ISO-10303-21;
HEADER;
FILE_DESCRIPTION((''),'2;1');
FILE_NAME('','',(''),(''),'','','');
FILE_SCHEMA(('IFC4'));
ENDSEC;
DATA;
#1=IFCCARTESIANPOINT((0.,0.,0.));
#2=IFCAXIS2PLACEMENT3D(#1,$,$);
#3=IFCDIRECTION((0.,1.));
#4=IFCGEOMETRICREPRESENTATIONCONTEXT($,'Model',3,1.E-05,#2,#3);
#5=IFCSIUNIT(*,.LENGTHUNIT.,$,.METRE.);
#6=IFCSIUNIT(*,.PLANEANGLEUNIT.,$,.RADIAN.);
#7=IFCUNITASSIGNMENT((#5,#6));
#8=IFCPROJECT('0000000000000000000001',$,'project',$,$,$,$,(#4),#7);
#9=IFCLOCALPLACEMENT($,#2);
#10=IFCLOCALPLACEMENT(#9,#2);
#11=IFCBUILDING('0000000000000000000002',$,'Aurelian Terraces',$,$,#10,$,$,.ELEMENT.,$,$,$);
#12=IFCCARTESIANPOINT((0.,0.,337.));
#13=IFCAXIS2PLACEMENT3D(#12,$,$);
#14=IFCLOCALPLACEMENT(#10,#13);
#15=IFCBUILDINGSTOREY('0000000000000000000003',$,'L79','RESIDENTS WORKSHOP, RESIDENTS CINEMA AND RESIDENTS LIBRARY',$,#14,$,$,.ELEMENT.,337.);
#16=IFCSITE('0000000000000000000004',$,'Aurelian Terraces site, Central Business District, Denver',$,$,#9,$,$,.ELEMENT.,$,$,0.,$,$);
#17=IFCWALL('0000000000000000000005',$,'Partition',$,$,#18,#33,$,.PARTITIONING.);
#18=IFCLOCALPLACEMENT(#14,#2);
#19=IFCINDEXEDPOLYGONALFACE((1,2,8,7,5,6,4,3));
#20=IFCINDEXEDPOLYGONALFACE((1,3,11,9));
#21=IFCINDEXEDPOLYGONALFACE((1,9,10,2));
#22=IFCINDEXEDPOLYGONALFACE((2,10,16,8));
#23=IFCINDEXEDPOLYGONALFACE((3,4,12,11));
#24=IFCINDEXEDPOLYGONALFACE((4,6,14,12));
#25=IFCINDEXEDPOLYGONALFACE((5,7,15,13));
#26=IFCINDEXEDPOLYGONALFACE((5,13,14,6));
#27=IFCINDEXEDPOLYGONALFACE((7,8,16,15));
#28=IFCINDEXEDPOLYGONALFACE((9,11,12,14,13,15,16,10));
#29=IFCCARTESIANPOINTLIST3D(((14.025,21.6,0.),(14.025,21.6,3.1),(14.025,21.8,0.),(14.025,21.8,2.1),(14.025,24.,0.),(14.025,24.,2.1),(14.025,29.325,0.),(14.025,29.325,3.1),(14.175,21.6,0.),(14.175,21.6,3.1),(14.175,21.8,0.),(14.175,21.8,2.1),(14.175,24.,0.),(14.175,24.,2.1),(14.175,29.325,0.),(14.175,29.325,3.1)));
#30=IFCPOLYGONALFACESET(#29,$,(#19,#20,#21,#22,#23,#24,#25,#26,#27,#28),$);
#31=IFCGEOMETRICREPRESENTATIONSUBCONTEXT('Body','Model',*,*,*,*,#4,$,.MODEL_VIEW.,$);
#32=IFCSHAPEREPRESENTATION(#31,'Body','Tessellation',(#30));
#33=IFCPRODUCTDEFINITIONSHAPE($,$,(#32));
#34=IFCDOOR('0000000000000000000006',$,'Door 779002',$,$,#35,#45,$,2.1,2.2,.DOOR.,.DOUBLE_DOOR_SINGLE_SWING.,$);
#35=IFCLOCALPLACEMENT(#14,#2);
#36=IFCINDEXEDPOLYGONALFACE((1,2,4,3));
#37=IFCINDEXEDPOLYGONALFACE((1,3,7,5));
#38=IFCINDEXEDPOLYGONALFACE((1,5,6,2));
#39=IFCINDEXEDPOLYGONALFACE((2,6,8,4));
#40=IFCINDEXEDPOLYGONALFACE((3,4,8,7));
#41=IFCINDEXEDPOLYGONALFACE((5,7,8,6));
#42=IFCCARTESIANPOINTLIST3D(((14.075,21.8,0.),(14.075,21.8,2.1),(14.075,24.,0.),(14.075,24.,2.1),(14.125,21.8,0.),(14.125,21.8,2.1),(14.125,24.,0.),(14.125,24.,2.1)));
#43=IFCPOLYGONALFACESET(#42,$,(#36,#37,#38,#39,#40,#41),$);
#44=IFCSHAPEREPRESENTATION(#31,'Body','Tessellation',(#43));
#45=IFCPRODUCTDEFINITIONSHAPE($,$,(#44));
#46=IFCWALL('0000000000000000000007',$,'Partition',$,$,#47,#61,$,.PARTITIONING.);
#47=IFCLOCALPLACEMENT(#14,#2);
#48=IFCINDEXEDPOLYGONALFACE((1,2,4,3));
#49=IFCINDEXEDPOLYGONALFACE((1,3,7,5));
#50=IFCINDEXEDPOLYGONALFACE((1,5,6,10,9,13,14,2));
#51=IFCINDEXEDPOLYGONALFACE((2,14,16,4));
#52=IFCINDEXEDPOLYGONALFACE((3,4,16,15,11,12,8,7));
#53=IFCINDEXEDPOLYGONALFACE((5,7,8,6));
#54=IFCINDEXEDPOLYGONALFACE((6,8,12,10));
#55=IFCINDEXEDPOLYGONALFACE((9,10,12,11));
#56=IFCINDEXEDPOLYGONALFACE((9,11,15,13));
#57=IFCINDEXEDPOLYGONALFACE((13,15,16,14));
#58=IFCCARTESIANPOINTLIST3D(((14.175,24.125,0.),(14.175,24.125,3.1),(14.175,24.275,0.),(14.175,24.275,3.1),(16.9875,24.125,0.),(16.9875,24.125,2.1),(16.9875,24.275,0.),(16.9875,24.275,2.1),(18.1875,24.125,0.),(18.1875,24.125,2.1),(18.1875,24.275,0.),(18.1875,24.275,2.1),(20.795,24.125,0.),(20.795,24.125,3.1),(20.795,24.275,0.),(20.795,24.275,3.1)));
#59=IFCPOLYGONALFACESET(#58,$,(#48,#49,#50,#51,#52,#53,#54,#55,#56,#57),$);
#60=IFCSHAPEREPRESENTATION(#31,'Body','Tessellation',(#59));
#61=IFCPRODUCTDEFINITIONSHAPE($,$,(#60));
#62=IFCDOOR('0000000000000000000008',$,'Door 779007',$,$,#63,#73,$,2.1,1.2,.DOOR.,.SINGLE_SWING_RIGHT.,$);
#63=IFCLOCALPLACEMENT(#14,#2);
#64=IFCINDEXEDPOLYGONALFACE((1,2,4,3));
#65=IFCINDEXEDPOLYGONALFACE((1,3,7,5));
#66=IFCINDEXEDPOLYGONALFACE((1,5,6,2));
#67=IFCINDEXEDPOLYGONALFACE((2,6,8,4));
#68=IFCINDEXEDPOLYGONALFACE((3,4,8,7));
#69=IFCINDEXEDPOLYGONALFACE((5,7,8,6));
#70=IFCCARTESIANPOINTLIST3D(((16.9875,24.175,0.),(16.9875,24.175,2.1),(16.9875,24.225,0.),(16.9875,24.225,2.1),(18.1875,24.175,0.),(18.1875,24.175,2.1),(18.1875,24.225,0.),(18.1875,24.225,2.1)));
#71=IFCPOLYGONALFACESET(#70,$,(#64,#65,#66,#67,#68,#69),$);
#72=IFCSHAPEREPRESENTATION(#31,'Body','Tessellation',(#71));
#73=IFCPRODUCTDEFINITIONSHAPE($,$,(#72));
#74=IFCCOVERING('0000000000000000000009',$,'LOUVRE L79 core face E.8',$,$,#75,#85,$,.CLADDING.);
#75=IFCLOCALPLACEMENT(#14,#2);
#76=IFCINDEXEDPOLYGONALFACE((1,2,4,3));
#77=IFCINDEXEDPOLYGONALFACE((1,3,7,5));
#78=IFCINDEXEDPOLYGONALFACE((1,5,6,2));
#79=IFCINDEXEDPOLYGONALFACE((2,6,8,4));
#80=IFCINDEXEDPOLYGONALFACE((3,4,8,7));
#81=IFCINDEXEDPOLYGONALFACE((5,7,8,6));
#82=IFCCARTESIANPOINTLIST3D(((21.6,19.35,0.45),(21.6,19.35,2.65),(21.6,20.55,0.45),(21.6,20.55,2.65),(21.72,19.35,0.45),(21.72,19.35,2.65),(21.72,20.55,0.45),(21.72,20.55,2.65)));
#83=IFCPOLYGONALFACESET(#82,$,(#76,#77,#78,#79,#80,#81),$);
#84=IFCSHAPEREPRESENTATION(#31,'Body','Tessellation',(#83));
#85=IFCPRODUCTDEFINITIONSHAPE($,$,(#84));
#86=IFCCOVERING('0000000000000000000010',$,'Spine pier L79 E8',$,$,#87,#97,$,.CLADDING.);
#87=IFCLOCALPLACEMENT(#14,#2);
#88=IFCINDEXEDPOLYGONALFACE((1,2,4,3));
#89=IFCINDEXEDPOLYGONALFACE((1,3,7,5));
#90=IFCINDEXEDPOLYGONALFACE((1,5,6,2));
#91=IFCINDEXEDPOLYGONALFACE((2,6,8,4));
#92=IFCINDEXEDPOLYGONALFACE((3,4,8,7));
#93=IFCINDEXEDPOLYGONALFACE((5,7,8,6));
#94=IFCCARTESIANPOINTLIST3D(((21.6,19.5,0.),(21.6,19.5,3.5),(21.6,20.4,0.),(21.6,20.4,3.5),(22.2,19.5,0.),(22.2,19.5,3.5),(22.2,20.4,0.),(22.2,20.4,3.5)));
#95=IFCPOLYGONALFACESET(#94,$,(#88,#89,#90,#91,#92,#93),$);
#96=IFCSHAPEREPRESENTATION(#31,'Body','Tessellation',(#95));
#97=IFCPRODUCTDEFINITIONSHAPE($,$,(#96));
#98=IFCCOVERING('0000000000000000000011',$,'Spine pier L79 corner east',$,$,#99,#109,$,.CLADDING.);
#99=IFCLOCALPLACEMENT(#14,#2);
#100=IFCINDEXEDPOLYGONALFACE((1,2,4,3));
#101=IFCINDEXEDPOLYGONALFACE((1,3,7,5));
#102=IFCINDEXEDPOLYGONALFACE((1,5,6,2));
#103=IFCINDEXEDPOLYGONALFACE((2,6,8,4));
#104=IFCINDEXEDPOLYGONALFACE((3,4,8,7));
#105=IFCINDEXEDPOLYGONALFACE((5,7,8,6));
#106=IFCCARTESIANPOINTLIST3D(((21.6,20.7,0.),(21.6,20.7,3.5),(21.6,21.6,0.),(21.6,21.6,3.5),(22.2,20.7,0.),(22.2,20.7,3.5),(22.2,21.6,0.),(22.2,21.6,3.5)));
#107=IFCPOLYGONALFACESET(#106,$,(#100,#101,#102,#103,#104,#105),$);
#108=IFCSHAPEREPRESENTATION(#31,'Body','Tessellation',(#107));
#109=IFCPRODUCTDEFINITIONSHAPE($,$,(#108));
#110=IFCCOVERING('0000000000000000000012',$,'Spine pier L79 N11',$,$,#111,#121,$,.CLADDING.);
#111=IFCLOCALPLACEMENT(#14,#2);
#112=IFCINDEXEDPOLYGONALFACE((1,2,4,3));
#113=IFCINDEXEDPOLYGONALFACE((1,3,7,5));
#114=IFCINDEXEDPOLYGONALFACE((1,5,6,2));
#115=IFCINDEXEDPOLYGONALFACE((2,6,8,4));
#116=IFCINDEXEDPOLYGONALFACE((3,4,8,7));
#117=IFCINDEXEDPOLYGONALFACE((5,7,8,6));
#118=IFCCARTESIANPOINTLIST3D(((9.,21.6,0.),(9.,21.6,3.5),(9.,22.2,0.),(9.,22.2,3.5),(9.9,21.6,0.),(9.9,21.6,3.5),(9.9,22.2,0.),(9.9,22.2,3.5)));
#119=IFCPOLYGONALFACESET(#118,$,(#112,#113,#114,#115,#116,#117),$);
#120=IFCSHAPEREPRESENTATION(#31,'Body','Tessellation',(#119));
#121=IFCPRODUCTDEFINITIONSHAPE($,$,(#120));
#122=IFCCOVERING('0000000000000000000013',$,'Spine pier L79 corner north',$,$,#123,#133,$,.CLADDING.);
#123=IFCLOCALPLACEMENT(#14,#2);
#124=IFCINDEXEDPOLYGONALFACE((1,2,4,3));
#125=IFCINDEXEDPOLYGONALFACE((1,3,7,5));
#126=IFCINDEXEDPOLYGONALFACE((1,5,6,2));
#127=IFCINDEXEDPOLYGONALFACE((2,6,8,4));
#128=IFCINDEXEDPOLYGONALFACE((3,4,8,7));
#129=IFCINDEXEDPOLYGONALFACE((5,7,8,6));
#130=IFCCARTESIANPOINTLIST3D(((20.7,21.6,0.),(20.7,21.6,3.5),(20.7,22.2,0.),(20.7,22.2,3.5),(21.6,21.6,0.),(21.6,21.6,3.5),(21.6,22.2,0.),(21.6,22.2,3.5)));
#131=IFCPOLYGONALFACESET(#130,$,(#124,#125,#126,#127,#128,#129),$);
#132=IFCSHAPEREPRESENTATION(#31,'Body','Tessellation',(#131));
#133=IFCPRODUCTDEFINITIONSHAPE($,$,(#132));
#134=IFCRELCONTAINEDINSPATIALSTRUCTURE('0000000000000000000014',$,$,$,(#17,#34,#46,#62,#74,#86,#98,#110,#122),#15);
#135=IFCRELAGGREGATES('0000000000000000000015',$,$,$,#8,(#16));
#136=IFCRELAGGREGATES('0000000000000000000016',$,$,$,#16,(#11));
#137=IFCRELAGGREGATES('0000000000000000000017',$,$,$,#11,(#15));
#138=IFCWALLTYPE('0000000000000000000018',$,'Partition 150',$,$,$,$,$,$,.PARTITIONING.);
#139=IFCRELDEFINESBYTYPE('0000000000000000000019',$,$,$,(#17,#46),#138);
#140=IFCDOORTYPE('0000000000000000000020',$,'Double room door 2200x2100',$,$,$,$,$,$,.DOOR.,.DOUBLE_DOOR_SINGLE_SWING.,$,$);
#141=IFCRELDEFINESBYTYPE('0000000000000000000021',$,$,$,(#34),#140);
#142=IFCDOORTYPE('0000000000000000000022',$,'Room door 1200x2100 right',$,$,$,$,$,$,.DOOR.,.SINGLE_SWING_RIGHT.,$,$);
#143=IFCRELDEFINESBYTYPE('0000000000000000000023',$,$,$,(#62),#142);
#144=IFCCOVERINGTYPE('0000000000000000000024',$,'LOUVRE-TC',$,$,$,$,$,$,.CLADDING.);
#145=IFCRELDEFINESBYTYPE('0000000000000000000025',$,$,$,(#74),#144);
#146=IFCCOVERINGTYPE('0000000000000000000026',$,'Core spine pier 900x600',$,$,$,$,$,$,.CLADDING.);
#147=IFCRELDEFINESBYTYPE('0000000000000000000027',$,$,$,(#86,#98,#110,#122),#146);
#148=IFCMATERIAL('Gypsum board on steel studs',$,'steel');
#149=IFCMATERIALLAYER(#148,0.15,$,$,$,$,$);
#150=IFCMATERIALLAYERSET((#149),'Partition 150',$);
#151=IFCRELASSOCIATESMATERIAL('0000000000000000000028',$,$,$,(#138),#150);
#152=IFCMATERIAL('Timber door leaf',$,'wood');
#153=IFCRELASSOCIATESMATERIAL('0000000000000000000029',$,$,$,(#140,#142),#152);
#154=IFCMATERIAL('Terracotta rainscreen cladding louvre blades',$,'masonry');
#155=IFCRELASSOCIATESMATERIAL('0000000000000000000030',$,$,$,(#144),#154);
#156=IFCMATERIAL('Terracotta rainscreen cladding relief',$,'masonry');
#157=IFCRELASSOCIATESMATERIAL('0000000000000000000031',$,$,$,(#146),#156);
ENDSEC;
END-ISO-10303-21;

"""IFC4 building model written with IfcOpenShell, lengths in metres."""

from ifc_helpers import new_model, si_unit, direction, frame, frame_2d, origin, origin_2d, place, context, subcontext, project, spatial, rectangle, extrude, source, transform, mapped, material, layer, layer_set, type_object, element, fill, save


model = new_model("IFC4")

# Units and contexts
model_context = context("Model", 3, precision=1e-05, world=origin(), true_north=direction((0.0, 1.0)))
body_context = subcontext(model_context, "Body", "Model", "MODEL_VIEW")
ifc_project = project(units=[si_unit("LENGTHUNIT", "METRE"), si_unit("PLANEANGLEUNIT", "RADIAN")], contexts=[model_context])

# Site, building, storey
site_placement = place(None, origin())
site = spatial("IfcSite", under=ifc_project, at=site_placement, Name="Aurelian Terraces site, Central Business District, Denver", CompositionType="ELEMENT", RefElevation=0.0)
building_placement = place(site_placement, origin())
building = spatial("IfcBuilding", under=site, at=building_placement, Name="Aurelian Terraces", CompositionType="ELEMENT")
storey_placement = place(building_placement, frame((0.0, 0.0, 337.0)))
storey = spatial("IfcBuildingStorey", under=building, at=storey_placement, Name="L79", Description="RESIDENTS WORKSHOP, RESIDENTS CINEMA AND RESIDENTS LIBRARY", CompositionType="ELEMENT", Elevation=337.0)

# Shared definitions
shared_shape_1 = source(origin(), body_context, "Body", "SweptSolid", [
    extrude(rectangle(XDim=1.2, YDim=2.1, at=frame_2d((0.6, 1.05))), frame((0.0, 0.025, 0.0), z_axis=(0.0, -1.0, 0.0), x_axis=(1.0, 0.0, 0.0)), (0.0, 0.0, 1.0), 0.05),
])

# Walls, openings, doors
ifc_material_1 = material(Name="Gypsum board on steel studs", Category="steel")
ifc_layer_1 = layer(ifc_material_1, 0.15)
ifc_layer_set_1 = layer_set([ifc_layer_1], Name="Partition 150")
wall_type_1 = type_object("IfcWallType", Name="Partition 150", PredefinedType="PARTITIONING", material=ifc_layer_set_1)
shared_shape_2 = source(origin(), body_context, "Body", "SweptSolid", [
    extrude(rectangle(XDim=7.725, YDim=0.15, at=frame_2d((3.8625, 0.0))), origin(), (0.0, 0.0, 1.0), 3.1),
])
wall_1_placement = place(storey_placement, frame((14.1, 29.325, 0.0), z_axis=(0.0, 0.0, 1.0), x_axis=(0.0, -1.0, 0.0)))
wall_1 = element("IfcWall", 1, at=wall_1_placement, inside=storey, type_object=wall_type_1, Name="Partition", PredefinedType="PARTITIONING", context=body_context, shape_type="MappedRepresentation", body=[
    mapped(shared_shape_2, transform((0.0, 0.0, 0.0), scale=1.0)),
])
shared_shape_3 = source(origin(), body_context, "Body", "SweptSolid", [
    extrude(rectangle(XDim=2.2, YDim=2.1, at=frame_2d((1.1, 1.05))), frame((0.0, 0.085, 0.0), z_axis=(0.0, -1.0, 0.0), x_axis=(1.0, 0.0, 0.0)), (0.0, 0.0, 1.0), 0.17),
])
opening_1_placement = place(wall_1_placement, frame((5.325, 0.0, 0.0)))
opening_1 = element("IfcOpeningElement", 2, at=opening_1_placement, cuts=wall_1, PredefinedType="OPENING", context=body_context, shape_type="MappedRepresentation", body=[
    mapped(shared_shape_3, transform((0.0, 0.0, 0.0), scale=1.0)),
])
ifc_material_2 = material(Name="Timber door leaf", Category="wood")
door_type_1 = type_object("IfcDoorType", Name="Double room door 2200x2100", OperationType="DOUBLE_DOOR_SINGLE_SWING", PredefinedType="DOOR", material=ifc_material_2)
shared_shape_4 = source(origin(), body_context, "Body", "SweptSolid", [
    extrude(rectangle(XDim=2.2, YDim=2.1, at=frame_2d((1.1, 1.05))), frame((0.0, 0.025, 0.0), z_axis=(0.0, -1.0, 0.0), x_axis=(1.0, 0.0, 0.0)), (0.0, 0.0, 1.0), 0.05),
])
door_1_placement = place(opening_1_placement, origin())
door_1 = element("IfcDoor", 3, at=door_1_placement, inside=storey, type_object=door_type_1, Name="Door 779002", OperationType="DOUBLE_DOOR_SINGLE_SWING", OverallHeight=2.1, OverallWidth=2.2, PredefinedType="DOOR", context=body_context, shape_type="MappedRepresentation", body=[
    mapped(shared_shape_4, transform((0.0, 0.0, 0.0), scale=1.0)),
])
fill(opening_1, door_1)
shared_shape_5 = source(origin(), body_context, "Body", "SweptSolid", [
    extrude(rectangle(XDim=6.62, YDim=0.15, at=frame_2d((3.31, 0.0))), origin(), (0.0, 0.0, 1.0), 3.1),
])
wall_2_placement = place(storey_placement, frame((14.175, 24.2, 0.0), z_axis=(0.0, 0.0, 1.0), x_axis=(1.0, 0.0, 0.0)))
wall_2 = element("IfcWall", 4, at=wall_2_placement, inside=storey, type_object=wall_type_1, Name="Partition", PredefinedType="PARTITIONING", context=body_context, shape_type="MappedRepresentation", body=[
    mapped(shared_shape_5, transform((0.0, 0.0, 0.0), scale=1.0)),
])
shared_shape_6 = source(origin(), body_context, "Body", "SweptSolid", [
    extrude(rectangle(XDim=1.2, YDim=2.1, at=frame_2d((0.6, 1.05))), frame((0.0, 0.085, 0.0), z_axis=(0.0, -1.0, 0.0), x_axis=(1.0, 0.0, 0.0)), (0.0, 0.0, 1.0), 0.17),
])
opening_2_placement = place(wall_2_placement, frame((2.8125, 0.0, 0.0)))
opening_2 = element("IfcOpeningElement", 5, at=opening_2_placement, cuts=wall_2, PredefinedType="OPENING", context=body_context, shape_type="MappedRepresentation", body=[
    mapped(shared_shape_6, transform((0.0, 0.0, 0.0), scale=1.0)),
])
door_type_2 = type_object("IfcDoorType", Name="Room door 1200x2100 right", OperationType="SINGLE_SWING_RIGHT", PredefinedType="DOOR", material=ifc_material_2)
door_2_placement = place(opening_2_placement, origin())
door_2 = element("IfcDoor", 6, at=door_2_placement, inside=storey, type_object=door_type_2, Name="Door 779007", OperationType="SINGLE_SWING_RIGHT", OverallHeight=2.1, OverallWidth=1.2, PredefinedType="DOOR", context=body_context, shape_type="MappedRepresentation", body=[
    mapped(shared_shape_1, transform((0.0, 0.0, 0.0), scale=1.0)),
])
fill(opening_2, door_2)

# Coverings
ifc_material_3 = material(Name="Terracotta rainscreen cladding louvre blades", Category="masonry")
covering_type_1 = type_object("IfcCoveringType", Name="LOUVRE-TC", PredefinedType="CLADDING", material=ifc_material_3)
shared_shape_7 = source(origin(), body_context, "Body", "SweptSolid", [
    extrude(rectangle(XDim=0.12, YDim=1.2, at=origin_2d()), origin(), (0.0, 0.0, 1.0), 2.2),
])
covering_placement = place(storey_placement, frame((21.66, 19.95, 0.45), z_axis=(0.0, 0.0, 1.0), x_axis=(1.0, 0.0, 0.0)))
element("IfcCovering", 7, at=covering_placement, inside=storey, type_object=covering_type_1, Name="LOUVRE L79 core face E.8", PredefinedType="CLADDING", context=body_context, shape_type="MappedRepresentation", body=[
    mapped(shared_shape_7, transform((0.0, 0.0, 0.0), scale=1.0)),
])
ifc_material_4 = material(Name="Terracotta rainscreen cladding relief", Category="masonry")
covering_type_2 = type_object("IfcCoveringType", Name="Core spine pier 900x600", PredefinedType="CLADDING", material=ifc_material_4)
shared_shape_8 = source(origin(), body_context, "Body", "SweptSolid", [
    extrude(rectangle(XDim=0.6, YDim=0.9, at=origin_2d()), origin(), (0.0, 0.0, 1.0), 3.5),
])
for number, where, z_axis, x_axis, name in (
    (8, (21.9, 19.95, 0.0), (0.0, 0.0, 1.0), (1.0, 0.0, 0.0), "Spine pier L79 E8"),
    (9, (21.9, 21.15, 0.0), (0.0, 0.0, 1.0), (1.0, 0.0, 0.0), "Spine pier L79 corner east"),
):
    element("IfcCovering", number, at=place(storey_placement, frame(where, z_axis=z_axis, x_axis=x_axis)), inside=storey, type_object=covering_type_2, Name=name, PredefinedType="CLADDING", context=body_context, shape_type="MappedRepresentation", body=[
        mapped(shared_shape_8, transform((0.0, 0.0, 0.0), scale=1.0)),
    ])
shared_shape_9 = source(origin(), body_context, "Body", "SweptSolid", [
    extrude(rectangle(XDim=0.9, YDim=0.6, at=origin_2d()), origin(), (0.0, 0.0, 1.0), 3.5),
])
for number, where, z_axis, x_axis, name in (
    (10, (9.45, 21.9, 0.0), (0.0, 0.0, 1.0), (1.0, 0.0, 0.0), "Spine pier L79 N11"),
    (11, (21.15, 21.9, 0.0), (0.0, 0.0, 1.0), (1.0, 0.0, 0.0), "Spine pier L79 corner north"),
):
    element("IfcCovering", number, at=place(storey_placement, frame(where, z_axis=z_axis, x_axis=x_axis)), inside=storey, type_object=covering_type_2, Name=name, PredefinedType="CLADDING", context=body_context, shape_type="MappedRepresentation", body=[
        mapped(shared_shape_9, transform((0.0, 0.0, 0.0), scale=1.0)),
    ])

save(model, "model.ifc")
